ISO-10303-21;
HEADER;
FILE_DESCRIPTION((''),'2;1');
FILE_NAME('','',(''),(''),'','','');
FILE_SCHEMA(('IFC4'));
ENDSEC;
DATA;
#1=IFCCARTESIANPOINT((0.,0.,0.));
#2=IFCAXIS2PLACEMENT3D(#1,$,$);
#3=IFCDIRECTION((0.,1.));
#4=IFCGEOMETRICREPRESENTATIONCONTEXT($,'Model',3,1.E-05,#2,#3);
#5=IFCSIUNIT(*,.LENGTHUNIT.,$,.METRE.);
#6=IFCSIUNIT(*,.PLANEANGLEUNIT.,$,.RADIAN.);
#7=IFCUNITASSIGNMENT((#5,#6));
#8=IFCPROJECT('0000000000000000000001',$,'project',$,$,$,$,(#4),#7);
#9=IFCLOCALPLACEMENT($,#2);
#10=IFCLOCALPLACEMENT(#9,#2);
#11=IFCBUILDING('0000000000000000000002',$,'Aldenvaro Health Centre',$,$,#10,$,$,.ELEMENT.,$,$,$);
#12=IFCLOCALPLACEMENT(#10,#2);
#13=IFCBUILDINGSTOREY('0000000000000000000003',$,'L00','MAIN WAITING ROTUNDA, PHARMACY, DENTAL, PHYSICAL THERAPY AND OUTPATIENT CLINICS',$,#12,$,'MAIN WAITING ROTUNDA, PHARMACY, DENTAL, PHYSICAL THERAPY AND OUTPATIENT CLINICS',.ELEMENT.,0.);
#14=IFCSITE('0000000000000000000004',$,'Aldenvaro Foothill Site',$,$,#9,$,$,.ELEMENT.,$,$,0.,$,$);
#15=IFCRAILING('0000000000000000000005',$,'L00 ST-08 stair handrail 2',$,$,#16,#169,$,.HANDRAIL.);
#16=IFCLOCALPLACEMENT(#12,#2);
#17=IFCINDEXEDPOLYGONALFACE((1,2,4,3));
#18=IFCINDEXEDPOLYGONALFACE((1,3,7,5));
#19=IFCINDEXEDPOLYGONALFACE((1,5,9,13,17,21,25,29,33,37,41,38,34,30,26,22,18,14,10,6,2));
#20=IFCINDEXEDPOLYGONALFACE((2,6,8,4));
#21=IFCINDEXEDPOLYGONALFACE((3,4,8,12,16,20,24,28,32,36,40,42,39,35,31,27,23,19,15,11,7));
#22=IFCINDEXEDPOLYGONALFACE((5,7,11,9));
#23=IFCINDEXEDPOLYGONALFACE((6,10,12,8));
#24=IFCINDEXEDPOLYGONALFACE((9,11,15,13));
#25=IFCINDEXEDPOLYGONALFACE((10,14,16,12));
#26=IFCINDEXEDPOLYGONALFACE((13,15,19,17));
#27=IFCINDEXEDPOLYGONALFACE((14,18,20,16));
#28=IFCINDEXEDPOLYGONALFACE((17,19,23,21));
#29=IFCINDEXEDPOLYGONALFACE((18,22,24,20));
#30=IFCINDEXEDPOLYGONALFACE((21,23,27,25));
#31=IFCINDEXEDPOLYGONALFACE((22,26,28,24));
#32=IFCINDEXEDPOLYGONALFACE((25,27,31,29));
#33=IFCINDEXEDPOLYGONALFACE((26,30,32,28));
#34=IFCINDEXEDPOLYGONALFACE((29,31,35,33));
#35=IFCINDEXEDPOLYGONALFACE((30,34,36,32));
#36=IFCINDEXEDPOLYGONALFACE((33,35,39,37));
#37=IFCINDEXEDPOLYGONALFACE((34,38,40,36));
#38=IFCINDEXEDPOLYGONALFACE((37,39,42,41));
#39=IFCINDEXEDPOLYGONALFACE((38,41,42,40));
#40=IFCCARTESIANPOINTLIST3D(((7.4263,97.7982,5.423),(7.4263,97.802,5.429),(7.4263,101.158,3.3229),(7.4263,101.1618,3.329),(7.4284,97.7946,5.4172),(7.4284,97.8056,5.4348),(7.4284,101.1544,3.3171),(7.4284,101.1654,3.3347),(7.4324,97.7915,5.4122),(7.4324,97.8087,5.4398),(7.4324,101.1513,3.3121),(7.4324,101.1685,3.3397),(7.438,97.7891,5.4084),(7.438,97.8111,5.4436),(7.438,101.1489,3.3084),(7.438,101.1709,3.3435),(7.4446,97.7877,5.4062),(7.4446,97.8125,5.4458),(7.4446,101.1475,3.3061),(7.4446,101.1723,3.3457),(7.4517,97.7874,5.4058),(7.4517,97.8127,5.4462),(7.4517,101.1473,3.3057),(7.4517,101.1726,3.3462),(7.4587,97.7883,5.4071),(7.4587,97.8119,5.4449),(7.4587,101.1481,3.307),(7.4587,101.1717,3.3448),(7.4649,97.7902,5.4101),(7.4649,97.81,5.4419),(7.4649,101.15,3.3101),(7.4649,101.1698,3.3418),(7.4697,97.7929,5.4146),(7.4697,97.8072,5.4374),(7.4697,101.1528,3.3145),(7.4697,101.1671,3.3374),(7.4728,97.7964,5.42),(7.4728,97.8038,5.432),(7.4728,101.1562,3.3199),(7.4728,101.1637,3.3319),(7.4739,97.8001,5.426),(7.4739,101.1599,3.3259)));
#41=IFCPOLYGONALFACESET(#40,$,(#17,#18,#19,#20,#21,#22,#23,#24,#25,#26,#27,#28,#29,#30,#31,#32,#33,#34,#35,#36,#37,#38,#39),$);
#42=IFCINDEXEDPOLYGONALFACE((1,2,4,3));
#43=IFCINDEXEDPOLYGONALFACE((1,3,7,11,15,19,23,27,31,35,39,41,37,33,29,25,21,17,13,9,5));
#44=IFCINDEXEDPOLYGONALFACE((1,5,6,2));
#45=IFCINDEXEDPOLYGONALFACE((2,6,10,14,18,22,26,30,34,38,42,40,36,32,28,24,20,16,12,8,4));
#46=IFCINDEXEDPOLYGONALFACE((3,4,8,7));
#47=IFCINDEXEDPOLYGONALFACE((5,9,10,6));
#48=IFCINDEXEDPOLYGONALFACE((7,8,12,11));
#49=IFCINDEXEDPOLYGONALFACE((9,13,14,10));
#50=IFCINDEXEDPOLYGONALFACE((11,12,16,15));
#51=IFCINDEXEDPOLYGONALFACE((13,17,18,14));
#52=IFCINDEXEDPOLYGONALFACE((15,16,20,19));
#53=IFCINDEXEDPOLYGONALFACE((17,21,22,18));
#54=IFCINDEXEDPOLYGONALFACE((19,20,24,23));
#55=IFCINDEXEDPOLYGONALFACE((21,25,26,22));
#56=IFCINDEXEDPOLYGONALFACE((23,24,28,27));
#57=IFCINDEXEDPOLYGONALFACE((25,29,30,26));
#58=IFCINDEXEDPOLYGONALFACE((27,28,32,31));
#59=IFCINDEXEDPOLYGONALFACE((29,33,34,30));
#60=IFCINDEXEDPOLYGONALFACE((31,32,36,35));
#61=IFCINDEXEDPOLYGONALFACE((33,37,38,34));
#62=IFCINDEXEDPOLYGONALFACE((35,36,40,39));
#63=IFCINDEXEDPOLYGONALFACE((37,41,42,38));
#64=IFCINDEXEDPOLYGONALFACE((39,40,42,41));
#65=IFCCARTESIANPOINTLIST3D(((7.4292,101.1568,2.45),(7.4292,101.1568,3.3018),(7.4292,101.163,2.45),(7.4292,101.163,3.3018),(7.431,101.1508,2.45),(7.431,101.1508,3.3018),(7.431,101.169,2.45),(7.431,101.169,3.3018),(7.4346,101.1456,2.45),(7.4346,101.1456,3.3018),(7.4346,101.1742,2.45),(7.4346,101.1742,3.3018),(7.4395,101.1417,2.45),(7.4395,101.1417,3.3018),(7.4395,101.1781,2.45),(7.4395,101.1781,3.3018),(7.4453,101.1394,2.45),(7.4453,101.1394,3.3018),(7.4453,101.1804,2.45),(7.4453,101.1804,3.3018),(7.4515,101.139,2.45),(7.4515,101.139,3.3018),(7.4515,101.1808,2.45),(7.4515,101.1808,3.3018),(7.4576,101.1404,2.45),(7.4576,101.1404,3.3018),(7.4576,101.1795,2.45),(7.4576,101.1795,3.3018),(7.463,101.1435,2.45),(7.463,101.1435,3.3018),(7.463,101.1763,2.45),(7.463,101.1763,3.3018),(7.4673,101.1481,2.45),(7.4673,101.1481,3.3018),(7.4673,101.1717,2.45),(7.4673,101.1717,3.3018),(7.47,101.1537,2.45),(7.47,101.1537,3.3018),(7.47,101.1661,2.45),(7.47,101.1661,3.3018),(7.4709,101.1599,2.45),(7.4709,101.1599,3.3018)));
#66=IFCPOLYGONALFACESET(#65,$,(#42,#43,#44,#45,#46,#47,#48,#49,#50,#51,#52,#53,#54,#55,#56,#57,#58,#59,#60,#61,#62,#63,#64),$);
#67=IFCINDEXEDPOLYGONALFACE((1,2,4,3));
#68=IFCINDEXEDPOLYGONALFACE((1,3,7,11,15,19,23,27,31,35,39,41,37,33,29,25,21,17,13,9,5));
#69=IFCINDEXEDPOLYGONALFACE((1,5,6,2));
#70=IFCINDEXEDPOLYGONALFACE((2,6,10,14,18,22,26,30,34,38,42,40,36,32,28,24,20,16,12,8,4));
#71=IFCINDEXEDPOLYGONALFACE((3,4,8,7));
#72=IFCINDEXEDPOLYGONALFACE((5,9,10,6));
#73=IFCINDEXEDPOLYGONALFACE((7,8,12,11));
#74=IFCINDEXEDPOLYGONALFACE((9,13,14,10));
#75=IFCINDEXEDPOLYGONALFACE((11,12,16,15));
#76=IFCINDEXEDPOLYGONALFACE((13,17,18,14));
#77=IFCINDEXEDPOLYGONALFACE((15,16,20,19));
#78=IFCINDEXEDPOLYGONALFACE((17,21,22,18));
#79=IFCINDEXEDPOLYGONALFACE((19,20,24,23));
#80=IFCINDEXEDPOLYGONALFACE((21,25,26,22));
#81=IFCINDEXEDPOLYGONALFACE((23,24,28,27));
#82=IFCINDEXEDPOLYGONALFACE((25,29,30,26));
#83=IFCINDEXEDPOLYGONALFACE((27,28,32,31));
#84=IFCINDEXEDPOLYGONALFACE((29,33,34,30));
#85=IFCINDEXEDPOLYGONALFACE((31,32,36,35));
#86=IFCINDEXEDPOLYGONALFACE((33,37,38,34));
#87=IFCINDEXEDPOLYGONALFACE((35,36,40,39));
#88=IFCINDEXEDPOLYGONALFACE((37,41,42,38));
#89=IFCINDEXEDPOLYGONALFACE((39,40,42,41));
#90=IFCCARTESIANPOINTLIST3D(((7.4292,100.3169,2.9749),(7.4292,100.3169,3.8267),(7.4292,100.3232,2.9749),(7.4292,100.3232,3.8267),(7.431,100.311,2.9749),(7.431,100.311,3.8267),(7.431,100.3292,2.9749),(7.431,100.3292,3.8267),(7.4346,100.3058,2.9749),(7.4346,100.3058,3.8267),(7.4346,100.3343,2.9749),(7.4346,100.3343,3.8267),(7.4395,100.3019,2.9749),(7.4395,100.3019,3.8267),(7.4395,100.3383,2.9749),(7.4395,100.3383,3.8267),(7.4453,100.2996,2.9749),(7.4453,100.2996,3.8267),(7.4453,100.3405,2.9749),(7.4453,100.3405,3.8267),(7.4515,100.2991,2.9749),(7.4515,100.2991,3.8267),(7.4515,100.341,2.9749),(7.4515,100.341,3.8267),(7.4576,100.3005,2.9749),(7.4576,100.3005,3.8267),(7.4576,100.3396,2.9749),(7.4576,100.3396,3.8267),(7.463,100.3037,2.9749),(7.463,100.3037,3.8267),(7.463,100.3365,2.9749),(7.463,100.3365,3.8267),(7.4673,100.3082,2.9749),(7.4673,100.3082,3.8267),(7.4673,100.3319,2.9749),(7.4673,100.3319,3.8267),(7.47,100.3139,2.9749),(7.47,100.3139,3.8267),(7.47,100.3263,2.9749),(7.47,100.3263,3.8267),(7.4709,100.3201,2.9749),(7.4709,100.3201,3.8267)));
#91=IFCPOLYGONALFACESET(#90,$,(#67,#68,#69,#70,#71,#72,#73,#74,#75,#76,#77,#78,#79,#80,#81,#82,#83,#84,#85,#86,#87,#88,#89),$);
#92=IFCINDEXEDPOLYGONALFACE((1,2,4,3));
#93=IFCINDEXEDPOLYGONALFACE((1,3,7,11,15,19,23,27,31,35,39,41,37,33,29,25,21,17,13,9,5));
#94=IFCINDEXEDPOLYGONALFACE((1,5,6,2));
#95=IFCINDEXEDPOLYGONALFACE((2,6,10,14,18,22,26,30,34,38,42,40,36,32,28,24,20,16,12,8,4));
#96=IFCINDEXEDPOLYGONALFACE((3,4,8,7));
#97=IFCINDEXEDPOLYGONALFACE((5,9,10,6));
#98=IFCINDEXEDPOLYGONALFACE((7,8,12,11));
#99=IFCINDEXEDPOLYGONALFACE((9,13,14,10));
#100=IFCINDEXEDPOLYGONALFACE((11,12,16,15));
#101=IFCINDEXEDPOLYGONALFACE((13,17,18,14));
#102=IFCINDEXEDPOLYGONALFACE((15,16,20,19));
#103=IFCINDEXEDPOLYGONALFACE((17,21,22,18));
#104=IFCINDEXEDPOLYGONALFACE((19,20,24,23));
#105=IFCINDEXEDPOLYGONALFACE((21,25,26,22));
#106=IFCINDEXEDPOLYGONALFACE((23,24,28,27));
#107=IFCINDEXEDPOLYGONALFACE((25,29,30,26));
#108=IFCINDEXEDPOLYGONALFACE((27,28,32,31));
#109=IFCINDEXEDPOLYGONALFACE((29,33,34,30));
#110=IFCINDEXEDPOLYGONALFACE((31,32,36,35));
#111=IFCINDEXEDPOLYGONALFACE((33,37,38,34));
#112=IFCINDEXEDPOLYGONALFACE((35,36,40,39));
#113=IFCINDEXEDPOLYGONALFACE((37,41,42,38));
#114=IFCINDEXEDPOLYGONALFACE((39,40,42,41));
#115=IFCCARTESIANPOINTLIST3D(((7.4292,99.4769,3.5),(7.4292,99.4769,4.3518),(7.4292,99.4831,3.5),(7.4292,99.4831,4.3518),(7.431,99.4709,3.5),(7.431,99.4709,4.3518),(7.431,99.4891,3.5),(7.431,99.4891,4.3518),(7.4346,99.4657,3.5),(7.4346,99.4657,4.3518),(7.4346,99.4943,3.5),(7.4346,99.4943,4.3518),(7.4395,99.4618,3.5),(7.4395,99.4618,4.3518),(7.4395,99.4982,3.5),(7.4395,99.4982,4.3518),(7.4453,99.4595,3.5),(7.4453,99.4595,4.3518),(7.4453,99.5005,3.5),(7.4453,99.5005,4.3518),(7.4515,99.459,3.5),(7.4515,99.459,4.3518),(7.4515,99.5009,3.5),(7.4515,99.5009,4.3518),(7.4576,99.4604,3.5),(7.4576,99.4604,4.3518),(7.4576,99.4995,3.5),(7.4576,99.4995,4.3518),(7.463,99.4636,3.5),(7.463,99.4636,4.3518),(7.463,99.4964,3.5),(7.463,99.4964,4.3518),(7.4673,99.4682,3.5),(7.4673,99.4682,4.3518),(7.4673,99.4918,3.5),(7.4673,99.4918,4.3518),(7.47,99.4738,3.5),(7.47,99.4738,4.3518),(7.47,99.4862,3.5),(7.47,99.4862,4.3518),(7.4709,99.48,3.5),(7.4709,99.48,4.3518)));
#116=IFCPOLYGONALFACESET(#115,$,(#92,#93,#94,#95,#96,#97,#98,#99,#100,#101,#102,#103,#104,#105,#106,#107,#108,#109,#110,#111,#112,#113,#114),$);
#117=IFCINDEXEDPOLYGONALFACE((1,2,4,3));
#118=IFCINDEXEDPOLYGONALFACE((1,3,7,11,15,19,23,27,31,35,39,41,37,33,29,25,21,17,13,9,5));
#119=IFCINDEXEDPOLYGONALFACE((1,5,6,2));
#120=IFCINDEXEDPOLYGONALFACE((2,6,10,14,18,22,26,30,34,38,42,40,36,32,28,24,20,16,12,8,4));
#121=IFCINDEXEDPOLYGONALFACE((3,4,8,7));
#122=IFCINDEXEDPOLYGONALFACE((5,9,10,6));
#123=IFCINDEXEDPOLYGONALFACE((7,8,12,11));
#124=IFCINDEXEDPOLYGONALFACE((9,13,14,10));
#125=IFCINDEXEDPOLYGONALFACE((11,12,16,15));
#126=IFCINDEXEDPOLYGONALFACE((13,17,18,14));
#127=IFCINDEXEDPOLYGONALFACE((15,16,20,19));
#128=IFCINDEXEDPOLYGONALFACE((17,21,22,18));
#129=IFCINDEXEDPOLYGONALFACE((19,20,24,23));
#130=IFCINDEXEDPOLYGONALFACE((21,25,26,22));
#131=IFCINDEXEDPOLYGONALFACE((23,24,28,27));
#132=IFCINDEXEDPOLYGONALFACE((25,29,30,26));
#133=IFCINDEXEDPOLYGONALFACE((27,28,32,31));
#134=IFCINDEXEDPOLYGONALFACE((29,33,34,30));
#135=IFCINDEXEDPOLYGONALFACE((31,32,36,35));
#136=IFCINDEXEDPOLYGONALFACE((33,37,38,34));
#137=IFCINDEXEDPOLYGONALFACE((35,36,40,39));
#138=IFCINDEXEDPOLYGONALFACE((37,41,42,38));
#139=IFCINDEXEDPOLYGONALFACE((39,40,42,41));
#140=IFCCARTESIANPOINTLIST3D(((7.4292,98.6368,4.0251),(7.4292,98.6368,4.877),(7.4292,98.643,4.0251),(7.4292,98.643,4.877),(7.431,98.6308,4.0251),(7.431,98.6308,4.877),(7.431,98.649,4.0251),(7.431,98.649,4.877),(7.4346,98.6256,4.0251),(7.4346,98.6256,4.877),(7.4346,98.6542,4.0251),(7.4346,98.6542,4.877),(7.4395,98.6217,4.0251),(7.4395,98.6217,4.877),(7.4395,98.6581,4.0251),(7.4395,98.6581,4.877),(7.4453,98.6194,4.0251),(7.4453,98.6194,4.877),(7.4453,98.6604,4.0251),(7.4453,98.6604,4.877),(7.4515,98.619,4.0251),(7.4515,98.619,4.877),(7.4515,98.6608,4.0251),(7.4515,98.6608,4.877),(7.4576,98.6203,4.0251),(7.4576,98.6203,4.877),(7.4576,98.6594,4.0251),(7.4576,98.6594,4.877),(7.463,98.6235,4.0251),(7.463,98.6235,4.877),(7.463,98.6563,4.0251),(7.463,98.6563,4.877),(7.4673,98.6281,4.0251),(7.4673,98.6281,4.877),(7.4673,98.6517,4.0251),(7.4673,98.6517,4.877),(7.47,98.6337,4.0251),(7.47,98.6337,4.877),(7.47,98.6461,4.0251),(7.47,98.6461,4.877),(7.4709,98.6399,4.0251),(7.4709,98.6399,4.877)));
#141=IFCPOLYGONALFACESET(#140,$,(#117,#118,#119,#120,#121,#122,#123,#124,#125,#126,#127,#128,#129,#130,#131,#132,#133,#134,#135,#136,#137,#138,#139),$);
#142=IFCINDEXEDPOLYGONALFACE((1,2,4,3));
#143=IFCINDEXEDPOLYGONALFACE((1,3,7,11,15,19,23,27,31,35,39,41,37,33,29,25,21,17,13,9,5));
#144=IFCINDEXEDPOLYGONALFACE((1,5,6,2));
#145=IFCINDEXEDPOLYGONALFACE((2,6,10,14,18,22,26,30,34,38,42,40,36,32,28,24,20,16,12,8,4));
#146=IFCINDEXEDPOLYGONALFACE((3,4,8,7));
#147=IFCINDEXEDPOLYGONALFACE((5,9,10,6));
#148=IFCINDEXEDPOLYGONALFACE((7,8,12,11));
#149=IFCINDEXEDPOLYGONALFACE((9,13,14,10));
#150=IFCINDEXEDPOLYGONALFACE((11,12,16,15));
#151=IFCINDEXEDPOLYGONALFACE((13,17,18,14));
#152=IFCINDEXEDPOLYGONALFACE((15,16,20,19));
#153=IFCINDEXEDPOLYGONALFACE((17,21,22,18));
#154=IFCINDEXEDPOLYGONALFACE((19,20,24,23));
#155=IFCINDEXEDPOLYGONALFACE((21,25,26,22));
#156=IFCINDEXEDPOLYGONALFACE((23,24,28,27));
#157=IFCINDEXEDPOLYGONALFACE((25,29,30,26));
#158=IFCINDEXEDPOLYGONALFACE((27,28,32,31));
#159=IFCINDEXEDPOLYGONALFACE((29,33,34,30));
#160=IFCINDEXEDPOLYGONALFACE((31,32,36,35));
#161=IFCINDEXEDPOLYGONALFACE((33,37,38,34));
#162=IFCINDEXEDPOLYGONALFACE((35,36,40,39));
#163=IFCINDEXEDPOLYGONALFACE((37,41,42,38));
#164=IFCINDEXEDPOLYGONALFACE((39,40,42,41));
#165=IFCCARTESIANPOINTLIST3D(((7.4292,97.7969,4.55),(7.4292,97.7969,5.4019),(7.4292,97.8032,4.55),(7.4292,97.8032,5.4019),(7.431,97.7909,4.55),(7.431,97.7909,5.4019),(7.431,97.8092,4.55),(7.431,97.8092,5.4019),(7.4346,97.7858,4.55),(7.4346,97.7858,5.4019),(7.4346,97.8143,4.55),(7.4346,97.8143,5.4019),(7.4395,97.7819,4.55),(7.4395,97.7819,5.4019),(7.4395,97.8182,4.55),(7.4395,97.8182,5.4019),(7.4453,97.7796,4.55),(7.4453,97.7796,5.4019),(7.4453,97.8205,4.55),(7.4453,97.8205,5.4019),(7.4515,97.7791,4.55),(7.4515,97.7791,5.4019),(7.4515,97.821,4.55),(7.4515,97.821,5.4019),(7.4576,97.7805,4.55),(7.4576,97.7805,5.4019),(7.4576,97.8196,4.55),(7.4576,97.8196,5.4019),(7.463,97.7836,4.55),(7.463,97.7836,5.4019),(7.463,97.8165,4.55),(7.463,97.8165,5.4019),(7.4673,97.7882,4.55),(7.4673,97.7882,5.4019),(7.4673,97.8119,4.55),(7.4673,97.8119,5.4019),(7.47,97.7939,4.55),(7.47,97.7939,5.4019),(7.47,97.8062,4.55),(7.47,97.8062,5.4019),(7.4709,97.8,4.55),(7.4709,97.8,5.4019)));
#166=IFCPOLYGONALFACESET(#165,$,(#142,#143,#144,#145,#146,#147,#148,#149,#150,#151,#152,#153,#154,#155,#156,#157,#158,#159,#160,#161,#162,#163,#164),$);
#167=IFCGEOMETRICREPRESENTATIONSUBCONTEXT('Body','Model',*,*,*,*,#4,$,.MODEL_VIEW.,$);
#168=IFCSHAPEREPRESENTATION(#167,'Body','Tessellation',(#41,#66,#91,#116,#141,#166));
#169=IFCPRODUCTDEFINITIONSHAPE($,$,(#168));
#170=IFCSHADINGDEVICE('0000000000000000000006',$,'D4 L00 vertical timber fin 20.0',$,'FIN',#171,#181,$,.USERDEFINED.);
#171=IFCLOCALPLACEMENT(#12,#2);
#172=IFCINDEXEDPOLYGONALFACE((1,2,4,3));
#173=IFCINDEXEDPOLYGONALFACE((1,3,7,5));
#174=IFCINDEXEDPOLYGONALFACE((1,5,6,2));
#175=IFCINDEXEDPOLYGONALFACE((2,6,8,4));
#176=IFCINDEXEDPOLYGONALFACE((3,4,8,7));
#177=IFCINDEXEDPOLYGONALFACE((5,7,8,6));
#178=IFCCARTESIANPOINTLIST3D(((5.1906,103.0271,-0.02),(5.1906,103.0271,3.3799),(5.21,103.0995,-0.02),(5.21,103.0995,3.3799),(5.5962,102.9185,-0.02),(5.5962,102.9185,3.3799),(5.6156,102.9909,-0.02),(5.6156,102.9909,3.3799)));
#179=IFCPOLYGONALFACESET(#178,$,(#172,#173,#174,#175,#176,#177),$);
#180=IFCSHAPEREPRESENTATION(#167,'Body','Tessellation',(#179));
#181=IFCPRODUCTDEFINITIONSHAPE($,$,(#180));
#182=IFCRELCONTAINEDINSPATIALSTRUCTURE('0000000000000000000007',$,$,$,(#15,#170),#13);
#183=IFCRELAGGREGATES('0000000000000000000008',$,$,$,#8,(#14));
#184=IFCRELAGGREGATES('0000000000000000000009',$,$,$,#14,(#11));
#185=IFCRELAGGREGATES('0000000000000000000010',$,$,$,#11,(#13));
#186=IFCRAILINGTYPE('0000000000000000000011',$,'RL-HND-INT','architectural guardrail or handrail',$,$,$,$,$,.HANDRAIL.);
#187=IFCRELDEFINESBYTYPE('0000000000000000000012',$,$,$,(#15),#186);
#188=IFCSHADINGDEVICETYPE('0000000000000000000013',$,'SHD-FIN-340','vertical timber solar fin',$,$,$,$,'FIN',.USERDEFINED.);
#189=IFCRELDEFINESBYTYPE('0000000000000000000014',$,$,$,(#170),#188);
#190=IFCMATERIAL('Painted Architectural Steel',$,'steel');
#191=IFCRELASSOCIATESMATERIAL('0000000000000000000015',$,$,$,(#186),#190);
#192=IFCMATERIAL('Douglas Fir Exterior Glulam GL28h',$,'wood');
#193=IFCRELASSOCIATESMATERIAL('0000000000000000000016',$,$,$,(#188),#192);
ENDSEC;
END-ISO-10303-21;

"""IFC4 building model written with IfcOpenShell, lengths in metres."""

from ifc_helpers import new_model, si_unit, direction, frame, origin, origin_2d, place, context, subcontext, project, spatial, rectangle, circle, extrude, material, type_object, element, save


model = new_model("IFC4")

# Units and contexts
model_context = context("Model", 3, precision=1e-05, world=origin(), true_north=direction((0.0, 1.0)))
body_context = subcontext(model_context, "Body", "Model", "MODEL_VIEW")
ifc_project = project(units=[si_unit("LENGTHUNIT", "METRE"), si_unit("PLANEANGLEUNIT", "RADIAN")], contexts=[model_context])

# Site, building, storey
site_placement = place(None, origin())
site = spatial("IfcSite", under=ifc_project, at=site_placement, Name="Aldenvaro Foothill Site", CompositionType="ELEMENT", RefElevation=0.0)
building_placement = place(site_placement, origin())
building = spatial("IfcBuilding", under=site, at=building_placement, Name="Aldenvaro Health Centre", CompositionType="ELEMENT")
storey_placement = place(building_placement, origin())
storey = spatial("IfcBuildingStorey", under=building, at=storey_placement, Name="L00", Description="MAIN WAITING ROTUNDA, PHARMACY, DENTAL, PHYSICAL THERAPY AND OUTPATIENT CLINICS", LongName="MAIN WAITING ROTUNDA, PHARMACY, DENTAL, PHYSICAL THERAPY AND OUTPATIENT CLINICS", CompositionType="ELEMENT", Elevation=0.0)

# Railing
ifc_material_1 = material(Name="Painted Architectural Steel", Category="steel")
railing_type_1 = type_object("IfcRailingType", Name="RL-HND-INT", Description="architectural guardrail or handrail", PredefinedType="HANDRAIL", material=ifc_material_1)
railing_1_placement = place(storey_placement, frame((7.45, 101.1599, 2.45)))
element("IfcRailing", 1, at=railing_1_placement, inside=storey, type_object=railing_type_1, Name="L00 ST-08 stair handrail 2", PredefinedType="HANDRAIL", context=body_context, shape_type="SweptSolid", body=[
    extrude(circle(Radius=0.0239, at=origin_2d()), frame((0.0, 0.0, 0.876), z_axis=(0.0, -0.847978, 0.530032), x_axis=(1.0, 0.0, 0.0)), (0.0, 0.0, 1.0), 3.9622),
    extrude(circle(Radius=0.021, at=origin_2d()), origin(), (0.0, 0.0, 1.0), 0.8518),
    extrude(circle(Radius=0.021, at=origin_2d()), frame((0.0, -0.8398, 0.5249)), (0.0, 0.0, 1.0), 0.8518),
    extrude(circle(Radius=0.021, at=origin_2d()), frame((0.0, -1.6799, 1.05)), (0.0, 0.0, 1.0), 0.8518),
    extrude(circle(Radius=0.021, at=origin_2d()), frame((0.0, -2.52, 1.5752)), (0.0, 0.0, 1.0), 0.8518),
    extrude(circle(Radius=0.021, at=origin_2d()), frame((0.0, -3.3599, 2.1001)), (0.0, 0.0, 1.0), 0.8518),
])

# Shading device
ifc_material_2 = material(Name="Douglas Fir Exterior Glulam GL28h", Category="wood")
shading_device_type = type_object("IfcShadingDeviceType", Name="SHD-FIN-340", Description="vertical timber solar fin", ElementType="FIN", PredefinedType="USERDEFINED", material=ifc_material_2)
shading_device_placement = place(storey_placement, frame((5.4031, 103.009, -0.02), z_axis=(0.0, 0.0, 1.0), x_axis=(0.258622, 0.965979, 0.0)))
element("IfcShadingDevice", 2, at=shading_device_placement, inside=storey, type_object=shading_device_type, Name="D4 L00 vertical timber fin 20.0", ObjectType="FIN", PredefinedType="USERDEFINED", context=body_context, shape_type="SweptSolid", body=[
    extrude(rectangle(XDim=0.075, YDim=0.4199, at=origin_2d()), origin(), (0.0, 0.0, 1.0), 3.3999),
])

save(model, "model.ifc")
